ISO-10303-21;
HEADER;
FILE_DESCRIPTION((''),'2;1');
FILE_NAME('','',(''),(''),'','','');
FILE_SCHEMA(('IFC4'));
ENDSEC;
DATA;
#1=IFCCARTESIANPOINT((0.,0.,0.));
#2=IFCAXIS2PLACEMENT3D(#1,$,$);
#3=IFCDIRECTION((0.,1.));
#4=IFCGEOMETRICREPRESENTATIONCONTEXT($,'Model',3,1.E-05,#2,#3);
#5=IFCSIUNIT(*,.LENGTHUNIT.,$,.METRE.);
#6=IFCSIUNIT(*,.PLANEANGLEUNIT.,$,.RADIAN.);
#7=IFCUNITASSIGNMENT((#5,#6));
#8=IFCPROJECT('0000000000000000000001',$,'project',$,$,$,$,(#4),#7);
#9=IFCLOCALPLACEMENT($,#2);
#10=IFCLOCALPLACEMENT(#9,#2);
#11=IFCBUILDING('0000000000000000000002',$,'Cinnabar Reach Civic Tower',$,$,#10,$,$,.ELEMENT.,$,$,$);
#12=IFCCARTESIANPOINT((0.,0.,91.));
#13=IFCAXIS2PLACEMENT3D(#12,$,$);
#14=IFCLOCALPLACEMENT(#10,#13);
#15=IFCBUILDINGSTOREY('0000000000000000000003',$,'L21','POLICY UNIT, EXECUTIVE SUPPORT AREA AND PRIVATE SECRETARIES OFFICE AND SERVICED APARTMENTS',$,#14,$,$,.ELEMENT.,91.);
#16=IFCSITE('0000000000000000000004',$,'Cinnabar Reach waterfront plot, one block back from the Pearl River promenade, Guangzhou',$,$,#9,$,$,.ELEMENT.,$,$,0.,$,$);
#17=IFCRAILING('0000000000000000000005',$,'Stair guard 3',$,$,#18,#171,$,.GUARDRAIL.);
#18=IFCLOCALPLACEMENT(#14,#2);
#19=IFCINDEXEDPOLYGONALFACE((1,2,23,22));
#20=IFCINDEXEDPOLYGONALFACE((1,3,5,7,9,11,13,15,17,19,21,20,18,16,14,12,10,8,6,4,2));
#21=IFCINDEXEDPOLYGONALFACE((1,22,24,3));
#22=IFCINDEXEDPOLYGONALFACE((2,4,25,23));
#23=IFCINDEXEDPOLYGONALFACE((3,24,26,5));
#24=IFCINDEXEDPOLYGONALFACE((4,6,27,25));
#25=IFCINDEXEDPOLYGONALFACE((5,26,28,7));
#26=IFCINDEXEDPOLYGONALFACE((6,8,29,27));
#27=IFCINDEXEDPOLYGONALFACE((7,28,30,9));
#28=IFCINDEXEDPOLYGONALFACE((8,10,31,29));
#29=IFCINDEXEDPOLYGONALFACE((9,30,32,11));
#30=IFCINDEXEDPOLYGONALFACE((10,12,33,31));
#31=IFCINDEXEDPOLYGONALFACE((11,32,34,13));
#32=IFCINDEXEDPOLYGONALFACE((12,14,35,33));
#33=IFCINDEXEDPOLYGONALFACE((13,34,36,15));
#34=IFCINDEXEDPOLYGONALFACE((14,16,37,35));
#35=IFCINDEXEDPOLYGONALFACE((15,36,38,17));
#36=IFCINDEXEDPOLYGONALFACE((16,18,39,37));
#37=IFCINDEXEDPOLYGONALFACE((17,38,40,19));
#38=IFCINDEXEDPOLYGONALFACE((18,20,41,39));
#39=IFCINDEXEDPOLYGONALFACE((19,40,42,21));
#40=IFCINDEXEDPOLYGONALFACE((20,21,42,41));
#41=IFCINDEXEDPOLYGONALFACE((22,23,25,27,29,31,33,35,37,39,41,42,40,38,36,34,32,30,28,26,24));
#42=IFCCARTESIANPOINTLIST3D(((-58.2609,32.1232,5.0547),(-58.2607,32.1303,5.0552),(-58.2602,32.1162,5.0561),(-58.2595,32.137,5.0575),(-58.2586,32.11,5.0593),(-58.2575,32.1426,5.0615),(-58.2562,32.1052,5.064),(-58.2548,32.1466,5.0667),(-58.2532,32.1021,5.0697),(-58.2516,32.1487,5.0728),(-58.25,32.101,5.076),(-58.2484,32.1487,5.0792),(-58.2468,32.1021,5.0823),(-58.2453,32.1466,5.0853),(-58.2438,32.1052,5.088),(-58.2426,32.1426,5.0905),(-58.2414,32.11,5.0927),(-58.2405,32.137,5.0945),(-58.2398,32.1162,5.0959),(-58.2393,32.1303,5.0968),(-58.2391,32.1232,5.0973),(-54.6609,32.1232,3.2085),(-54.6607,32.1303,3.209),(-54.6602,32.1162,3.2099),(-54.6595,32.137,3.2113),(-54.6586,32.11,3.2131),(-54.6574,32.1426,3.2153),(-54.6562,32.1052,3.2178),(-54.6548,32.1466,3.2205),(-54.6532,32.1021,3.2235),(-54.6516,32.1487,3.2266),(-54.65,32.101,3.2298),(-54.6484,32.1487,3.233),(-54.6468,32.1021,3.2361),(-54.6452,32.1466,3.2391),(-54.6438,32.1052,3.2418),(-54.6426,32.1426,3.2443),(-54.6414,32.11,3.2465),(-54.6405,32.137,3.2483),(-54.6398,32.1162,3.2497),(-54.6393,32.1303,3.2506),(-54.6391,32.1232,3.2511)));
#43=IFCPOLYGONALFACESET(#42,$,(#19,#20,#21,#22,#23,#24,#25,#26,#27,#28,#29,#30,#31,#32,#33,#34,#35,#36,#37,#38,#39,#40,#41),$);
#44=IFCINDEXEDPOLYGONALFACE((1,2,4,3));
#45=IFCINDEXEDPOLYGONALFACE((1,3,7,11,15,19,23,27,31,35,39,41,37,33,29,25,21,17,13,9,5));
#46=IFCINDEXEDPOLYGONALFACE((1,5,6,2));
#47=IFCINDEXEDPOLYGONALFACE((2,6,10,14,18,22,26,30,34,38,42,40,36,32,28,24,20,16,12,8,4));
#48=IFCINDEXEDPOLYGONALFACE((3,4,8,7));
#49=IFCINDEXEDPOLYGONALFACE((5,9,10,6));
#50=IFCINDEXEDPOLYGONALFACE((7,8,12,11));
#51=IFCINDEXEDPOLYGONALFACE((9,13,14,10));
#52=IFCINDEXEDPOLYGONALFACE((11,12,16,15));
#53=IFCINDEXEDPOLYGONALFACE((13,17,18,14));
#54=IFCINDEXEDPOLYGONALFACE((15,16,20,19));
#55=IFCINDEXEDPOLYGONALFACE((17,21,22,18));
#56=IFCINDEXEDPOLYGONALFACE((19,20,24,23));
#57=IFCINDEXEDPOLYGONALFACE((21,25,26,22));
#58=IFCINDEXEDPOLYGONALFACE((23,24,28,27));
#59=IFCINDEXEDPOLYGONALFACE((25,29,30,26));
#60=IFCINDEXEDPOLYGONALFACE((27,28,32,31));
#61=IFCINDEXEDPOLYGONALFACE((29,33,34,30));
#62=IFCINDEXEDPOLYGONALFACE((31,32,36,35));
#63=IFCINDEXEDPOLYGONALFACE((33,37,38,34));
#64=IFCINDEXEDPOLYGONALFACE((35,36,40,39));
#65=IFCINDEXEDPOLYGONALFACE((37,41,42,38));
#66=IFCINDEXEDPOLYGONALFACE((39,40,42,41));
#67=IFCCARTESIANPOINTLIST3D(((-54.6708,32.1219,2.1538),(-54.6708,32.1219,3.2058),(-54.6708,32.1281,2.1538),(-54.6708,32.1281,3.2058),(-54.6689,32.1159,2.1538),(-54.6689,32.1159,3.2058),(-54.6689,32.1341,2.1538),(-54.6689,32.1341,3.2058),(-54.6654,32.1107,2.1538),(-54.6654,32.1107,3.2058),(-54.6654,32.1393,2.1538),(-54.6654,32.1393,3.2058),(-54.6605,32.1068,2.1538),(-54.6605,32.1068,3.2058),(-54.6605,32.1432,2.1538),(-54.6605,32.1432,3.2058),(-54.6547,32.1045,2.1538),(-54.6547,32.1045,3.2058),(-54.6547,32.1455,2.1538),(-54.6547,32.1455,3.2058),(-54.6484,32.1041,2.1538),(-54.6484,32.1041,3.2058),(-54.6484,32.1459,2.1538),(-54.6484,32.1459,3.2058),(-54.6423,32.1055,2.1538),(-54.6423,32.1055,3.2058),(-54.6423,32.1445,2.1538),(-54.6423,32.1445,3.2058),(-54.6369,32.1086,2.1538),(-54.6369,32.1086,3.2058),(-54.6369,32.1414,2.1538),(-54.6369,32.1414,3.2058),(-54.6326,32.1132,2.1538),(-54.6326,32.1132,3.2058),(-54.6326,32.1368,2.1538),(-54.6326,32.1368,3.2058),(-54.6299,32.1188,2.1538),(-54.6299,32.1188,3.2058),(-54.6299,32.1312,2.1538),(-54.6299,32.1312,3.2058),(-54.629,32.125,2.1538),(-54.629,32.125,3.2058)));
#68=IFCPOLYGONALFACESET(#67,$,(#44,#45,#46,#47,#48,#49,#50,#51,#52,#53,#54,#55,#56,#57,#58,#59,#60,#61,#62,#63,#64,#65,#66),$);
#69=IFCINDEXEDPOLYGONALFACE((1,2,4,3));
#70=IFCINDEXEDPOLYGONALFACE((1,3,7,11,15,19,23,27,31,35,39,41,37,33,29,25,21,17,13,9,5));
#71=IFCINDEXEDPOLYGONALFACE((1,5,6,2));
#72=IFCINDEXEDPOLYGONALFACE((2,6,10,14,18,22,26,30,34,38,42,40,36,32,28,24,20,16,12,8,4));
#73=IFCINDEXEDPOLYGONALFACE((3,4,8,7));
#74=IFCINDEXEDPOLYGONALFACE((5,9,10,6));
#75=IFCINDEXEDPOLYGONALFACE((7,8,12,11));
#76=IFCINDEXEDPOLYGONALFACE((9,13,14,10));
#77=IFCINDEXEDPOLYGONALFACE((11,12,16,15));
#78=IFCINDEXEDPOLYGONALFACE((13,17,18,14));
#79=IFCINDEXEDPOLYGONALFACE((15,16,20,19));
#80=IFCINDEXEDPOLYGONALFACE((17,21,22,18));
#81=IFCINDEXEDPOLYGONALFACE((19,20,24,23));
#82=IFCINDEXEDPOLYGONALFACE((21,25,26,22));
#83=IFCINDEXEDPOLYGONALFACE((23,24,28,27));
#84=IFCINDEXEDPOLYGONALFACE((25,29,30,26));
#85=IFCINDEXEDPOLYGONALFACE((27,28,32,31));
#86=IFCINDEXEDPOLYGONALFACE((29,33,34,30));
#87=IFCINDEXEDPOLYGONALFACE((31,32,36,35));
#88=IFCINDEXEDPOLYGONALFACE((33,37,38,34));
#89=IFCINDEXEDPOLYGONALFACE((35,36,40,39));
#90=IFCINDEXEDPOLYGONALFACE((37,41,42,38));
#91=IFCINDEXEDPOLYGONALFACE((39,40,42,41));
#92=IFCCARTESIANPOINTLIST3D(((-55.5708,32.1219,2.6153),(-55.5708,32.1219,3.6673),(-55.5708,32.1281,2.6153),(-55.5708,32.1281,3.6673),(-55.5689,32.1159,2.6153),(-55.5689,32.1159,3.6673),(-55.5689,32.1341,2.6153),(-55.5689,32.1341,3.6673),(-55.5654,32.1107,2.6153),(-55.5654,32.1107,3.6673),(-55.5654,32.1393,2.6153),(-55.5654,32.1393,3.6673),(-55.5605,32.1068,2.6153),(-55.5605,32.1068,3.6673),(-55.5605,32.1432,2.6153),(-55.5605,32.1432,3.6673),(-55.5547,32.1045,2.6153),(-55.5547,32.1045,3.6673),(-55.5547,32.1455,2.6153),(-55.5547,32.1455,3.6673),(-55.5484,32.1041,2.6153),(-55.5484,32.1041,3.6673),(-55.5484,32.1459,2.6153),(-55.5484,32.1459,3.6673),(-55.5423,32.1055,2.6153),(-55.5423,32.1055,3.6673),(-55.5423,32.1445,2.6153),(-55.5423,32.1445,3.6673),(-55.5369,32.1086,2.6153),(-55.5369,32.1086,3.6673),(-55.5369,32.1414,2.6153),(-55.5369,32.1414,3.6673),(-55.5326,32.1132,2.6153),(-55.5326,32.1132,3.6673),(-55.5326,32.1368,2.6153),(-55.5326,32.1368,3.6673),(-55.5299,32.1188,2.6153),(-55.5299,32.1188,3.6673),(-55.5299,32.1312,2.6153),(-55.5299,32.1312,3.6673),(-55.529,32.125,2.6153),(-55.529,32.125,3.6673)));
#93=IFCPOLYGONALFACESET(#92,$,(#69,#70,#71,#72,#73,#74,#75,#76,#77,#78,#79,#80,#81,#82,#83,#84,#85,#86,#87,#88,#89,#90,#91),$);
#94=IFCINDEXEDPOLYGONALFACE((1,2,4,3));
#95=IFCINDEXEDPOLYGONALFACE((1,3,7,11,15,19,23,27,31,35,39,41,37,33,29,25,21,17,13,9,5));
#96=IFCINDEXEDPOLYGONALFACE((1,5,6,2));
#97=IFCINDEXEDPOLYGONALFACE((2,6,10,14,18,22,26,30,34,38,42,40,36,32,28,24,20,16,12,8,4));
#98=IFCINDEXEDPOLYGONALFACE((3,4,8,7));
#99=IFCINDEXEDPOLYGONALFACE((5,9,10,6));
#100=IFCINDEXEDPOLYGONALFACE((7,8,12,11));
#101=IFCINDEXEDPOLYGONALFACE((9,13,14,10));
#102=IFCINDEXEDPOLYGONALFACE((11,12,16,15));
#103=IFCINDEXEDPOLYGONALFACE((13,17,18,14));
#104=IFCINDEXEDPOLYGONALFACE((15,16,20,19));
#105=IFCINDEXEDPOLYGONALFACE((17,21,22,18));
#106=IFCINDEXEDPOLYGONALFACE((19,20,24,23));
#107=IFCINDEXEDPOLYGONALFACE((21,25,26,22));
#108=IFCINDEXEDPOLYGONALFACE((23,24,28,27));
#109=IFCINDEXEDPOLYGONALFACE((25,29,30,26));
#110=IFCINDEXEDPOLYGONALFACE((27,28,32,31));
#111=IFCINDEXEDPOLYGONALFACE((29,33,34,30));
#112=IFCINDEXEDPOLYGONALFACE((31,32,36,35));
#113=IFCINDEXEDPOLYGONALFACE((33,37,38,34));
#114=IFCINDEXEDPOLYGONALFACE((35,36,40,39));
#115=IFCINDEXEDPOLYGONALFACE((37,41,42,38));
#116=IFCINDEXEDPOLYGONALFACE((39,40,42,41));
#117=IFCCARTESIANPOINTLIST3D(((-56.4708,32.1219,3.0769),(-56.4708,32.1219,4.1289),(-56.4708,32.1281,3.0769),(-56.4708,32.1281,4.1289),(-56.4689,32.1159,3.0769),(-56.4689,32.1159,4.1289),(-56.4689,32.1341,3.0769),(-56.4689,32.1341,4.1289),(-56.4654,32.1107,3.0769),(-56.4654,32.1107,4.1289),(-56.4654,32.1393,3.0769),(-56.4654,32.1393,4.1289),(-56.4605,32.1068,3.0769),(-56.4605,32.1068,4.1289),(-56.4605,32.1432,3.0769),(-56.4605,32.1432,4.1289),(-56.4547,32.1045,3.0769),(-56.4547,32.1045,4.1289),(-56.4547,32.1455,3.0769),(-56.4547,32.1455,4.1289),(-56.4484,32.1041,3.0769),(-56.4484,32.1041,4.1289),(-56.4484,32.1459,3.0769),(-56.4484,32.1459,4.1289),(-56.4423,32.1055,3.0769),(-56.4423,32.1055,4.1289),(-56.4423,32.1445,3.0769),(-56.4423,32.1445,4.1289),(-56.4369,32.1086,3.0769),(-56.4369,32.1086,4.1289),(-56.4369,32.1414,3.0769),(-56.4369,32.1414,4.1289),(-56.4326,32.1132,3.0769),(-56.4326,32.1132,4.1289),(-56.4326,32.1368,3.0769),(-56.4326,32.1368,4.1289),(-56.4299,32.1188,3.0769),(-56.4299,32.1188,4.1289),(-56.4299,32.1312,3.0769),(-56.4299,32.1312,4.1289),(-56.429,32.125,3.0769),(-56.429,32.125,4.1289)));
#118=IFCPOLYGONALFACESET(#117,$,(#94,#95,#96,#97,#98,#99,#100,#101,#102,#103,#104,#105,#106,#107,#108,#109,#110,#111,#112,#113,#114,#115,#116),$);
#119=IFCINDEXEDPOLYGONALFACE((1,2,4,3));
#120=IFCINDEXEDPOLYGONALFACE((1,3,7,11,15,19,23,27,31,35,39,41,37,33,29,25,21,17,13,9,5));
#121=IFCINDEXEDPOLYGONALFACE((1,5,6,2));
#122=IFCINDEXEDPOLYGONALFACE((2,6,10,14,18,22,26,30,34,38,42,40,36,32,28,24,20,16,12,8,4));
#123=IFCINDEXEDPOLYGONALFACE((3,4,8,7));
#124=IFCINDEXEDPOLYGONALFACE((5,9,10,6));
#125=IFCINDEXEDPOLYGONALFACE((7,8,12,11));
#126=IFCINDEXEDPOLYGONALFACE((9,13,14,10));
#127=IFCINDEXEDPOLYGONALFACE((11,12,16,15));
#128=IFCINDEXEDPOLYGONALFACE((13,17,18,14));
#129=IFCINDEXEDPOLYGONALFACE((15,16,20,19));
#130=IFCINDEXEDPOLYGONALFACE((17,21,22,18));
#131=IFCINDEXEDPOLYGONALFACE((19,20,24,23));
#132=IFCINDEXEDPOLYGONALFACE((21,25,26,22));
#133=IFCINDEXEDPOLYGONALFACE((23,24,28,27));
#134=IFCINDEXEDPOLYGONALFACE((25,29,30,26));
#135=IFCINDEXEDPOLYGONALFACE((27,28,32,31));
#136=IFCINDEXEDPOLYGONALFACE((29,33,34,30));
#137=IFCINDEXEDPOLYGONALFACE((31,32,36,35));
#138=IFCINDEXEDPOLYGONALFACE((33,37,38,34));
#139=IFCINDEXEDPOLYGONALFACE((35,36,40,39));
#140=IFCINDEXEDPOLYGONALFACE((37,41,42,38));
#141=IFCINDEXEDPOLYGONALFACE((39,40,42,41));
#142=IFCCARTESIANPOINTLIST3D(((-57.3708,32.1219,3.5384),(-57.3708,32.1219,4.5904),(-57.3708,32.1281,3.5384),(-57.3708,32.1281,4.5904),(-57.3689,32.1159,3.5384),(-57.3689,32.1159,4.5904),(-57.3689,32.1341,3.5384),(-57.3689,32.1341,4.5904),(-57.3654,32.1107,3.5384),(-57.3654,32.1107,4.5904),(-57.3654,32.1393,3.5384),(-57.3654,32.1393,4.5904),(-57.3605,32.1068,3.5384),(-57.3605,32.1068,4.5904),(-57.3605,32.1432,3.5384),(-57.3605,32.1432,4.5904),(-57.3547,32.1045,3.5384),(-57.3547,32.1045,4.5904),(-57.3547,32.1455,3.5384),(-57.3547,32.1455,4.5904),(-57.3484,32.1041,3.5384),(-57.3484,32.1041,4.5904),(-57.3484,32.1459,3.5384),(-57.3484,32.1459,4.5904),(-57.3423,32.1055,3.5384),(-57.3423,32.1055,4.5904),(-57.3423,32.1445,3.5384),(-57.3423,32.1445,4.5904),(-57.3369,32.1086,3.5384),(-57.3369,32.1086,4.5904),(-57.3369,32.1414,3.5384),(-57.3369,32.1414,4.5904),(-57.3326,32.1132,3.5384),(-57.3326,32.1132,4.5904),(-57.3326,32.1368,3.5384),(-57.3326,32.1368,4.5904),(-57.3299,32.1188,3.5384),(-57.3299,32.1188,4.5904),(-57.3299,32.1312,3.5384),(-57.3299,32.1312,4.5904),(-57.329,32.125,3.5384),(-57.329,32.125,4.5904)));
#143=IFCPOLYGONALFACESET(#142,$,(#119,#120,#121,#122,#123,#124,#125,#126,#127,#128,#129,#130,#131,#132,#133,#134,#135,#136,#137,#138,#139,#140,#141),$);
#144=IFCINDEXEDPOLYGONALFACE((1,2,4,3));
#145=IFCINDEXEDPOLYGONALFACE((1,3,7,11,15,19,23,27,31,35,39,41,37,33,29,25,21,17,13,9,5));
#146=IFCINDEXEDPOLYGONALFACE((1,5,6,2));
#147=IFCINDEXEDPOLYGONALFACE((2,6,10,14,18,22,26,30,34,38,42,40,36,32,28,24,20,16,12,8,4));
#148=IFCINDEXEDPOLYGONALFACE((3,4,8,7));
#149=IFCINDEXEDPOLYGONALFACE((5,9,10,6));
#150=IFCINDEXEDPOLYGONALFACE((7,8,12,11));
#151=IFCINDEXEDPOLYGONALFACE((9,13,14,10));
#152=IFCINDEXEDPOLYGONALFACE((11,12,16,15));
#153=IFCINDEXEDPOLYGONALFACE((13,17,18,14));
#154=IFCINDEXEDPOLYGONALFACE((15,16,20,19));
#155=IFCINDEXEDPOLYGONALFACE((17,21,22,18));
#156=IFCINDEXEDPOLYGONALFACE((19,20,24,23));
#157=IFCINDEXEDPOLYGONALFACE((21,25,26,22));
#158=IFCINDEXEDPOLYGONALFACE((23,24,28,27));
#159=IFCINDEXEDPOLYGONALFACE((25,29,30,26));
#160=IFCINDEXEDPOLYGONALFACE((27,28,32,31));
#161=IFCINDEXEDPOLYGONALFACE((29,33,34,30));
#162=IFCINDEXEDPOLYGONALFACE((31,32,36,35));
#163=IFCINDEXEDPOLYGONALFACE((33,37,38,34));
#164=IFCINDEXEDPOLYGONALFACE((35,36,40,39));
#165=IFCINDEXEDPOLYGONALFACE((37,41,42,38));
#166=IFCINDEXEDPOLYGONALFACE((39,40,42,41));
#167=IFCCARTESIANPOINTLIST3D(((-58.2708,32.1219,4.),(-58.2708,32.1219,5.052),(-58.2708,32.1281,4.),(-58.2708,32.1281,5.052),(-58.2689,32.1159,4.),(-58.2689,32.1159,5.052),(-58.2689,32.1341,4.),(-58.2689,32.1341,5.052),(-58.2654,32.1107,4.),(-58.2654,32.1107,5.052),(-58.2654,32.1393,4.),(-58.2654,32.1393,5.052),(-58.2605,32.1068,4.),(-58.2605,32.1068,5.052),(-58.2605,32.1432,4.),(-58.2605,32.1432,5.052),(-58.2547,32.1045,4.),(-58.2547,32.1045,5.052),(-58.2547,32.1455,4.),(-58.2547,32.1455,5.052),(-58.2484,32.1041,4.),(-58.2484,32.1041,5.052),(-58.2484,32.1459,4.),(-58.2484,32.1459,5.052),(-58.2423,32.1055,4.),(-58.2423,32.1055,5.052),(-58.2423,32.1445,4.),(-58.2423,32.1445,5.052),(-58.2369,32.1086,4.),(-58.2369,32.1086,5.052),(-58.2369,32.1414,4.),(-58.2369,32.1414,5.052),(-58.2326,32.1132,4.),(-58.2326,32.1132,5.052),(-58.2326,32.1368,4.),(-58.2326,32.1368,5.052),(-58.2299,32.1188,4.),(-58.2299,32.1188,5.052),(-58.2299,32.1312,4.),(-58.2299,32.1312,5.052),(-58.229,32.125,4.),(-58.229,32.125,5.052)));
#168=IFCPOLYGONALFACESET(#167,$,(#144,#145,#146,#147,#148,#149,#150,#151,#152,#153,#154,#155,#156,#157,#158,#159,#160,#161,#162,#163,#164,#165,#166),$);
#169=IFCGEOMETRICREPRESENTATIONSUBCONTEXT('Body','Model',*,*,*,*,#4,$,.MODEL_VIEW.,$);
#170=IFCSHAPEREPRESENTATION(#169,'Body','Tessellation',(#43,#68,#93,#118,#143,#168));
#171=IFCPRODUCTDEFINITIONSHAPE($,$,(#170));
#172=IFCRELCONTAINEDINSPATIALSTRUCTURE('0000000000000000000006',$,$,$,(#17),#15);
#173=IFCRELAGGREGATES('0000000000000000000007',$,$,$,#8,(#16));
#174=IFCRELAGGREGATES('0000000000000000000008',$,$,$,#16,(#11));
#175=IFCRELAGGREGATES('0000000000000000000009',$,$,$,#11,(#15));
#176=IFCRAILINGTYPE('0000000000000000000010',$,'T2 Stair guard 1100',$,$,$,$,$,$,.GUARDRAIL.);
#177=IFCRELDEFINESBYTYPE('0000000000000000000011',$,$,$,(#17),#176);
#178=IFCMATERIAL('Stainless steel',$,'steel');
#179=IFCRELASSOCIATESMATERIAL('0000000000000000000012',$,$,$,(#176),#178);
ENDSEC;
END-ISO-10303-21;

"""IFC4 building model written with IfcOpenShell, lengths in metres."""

from ifc_helpers import new_model, si_unit, direction, frame, origin, origin_2d, place, context, subcontext, project, spatial, circle, extrude, material, type_object, element, save


model = new_model("IFC4")

# Units and contexts
model_context = context("Model", 3, precision=1e-05, world=origin(), true_north=direction((0.0, 1.0)))
body_context = subcontext(model_context, "Body", "Model", "MODEL_VIEW")
ifc_project = project(units=[si_unit("LENGTHUNIT", "METRE"), si_unit("PLANEANGLEUNIT", "RADIAN")], contexts=[model_context])

# Site, building, storey
site_placement = place(None, origin())
site = spatial("IfcSite", under=ifc_project, at=site_placement, Name="Cinnabar Reach waterfront plot, one block back from the Pearl River promenade, Guangzhou", CompositionType="ELEMENT", RefElevation=0.0)
building_placement = place(site_placement, origin())
building = spatial("IfcBuilding", under=site, at=building_placement, Name="Cinnabar Reach Civic Tower", CompositionType="ELEMENT")
storey_placement = place(building_placement, frame((0.0, 0.0, 91.0)))
storey = spatial("IfcBuildingStorey", under=building, at=storey_placement, Name="L21", Description="POLICY UNIT, EXECUTIVE SUPPORT AREA AND PRIVATE SECRETARIES OFFICE AND SERVICED APARTMENTS", CompositionType="ELEMENT", Elevation=91.0)

# Railing
ifc_material_1 = material(Name="Stainless steel", Category="steel")
railing_type = type_object("IfcRailingType", Name="T2 Stair guard 1100", PredefinedType="GUARDRAIL", material=ifc_material_1)
railing_1_placement = place(storey_placement, frame((-54.65, 32.125, 2.1538)))
element("IfcRailing", 1, at=railing_1_placement, inside=storey, type_object=railing_type, Name="Stair guard 3", PredefinedType="GUARDRAIL", context=body_context, shape_type="SweptSolid", body=[
    extrude(circle(Radius=0.024, at=origin_2d()), frame((0.0, 0.0, 1.076), z_axis=(-0.889813, 0.0, 0.456326), x_axis=(0.0, -1.0, 0.0)), (0.0, 0.0, 1.0), 4.0458),
    extrude(circle(Radius=0.021, at=origin_2d()), origin(), (0.0, 0.0, 1.0), 1.052),
    extrude(circle(Radius=0.021, at=origin_2d()), frame((-0.9, 0.0, 0.4615)), (0.0, 0.0, 1.0), 1.052),
    extrude(circle(Radius=0.021, at=origin_2d()), frame((-1.8, 0.0, 0.9231)), (0.0, 0.0, 1.0), 1.052),
    extrude(circle(Radius=0.021, at=origin_2d()), frame((-2.7, 0.0, 1.3846)), (0.0, 0.0, 1.0), 1.052),
    extrude(circle(Radius=0.021, at=origin_2d()), frame((-3.6, 0.0, 1.8462)), (0.0, 0.0, 1.0), 1.052),
])

save(model, "model.ifc")
